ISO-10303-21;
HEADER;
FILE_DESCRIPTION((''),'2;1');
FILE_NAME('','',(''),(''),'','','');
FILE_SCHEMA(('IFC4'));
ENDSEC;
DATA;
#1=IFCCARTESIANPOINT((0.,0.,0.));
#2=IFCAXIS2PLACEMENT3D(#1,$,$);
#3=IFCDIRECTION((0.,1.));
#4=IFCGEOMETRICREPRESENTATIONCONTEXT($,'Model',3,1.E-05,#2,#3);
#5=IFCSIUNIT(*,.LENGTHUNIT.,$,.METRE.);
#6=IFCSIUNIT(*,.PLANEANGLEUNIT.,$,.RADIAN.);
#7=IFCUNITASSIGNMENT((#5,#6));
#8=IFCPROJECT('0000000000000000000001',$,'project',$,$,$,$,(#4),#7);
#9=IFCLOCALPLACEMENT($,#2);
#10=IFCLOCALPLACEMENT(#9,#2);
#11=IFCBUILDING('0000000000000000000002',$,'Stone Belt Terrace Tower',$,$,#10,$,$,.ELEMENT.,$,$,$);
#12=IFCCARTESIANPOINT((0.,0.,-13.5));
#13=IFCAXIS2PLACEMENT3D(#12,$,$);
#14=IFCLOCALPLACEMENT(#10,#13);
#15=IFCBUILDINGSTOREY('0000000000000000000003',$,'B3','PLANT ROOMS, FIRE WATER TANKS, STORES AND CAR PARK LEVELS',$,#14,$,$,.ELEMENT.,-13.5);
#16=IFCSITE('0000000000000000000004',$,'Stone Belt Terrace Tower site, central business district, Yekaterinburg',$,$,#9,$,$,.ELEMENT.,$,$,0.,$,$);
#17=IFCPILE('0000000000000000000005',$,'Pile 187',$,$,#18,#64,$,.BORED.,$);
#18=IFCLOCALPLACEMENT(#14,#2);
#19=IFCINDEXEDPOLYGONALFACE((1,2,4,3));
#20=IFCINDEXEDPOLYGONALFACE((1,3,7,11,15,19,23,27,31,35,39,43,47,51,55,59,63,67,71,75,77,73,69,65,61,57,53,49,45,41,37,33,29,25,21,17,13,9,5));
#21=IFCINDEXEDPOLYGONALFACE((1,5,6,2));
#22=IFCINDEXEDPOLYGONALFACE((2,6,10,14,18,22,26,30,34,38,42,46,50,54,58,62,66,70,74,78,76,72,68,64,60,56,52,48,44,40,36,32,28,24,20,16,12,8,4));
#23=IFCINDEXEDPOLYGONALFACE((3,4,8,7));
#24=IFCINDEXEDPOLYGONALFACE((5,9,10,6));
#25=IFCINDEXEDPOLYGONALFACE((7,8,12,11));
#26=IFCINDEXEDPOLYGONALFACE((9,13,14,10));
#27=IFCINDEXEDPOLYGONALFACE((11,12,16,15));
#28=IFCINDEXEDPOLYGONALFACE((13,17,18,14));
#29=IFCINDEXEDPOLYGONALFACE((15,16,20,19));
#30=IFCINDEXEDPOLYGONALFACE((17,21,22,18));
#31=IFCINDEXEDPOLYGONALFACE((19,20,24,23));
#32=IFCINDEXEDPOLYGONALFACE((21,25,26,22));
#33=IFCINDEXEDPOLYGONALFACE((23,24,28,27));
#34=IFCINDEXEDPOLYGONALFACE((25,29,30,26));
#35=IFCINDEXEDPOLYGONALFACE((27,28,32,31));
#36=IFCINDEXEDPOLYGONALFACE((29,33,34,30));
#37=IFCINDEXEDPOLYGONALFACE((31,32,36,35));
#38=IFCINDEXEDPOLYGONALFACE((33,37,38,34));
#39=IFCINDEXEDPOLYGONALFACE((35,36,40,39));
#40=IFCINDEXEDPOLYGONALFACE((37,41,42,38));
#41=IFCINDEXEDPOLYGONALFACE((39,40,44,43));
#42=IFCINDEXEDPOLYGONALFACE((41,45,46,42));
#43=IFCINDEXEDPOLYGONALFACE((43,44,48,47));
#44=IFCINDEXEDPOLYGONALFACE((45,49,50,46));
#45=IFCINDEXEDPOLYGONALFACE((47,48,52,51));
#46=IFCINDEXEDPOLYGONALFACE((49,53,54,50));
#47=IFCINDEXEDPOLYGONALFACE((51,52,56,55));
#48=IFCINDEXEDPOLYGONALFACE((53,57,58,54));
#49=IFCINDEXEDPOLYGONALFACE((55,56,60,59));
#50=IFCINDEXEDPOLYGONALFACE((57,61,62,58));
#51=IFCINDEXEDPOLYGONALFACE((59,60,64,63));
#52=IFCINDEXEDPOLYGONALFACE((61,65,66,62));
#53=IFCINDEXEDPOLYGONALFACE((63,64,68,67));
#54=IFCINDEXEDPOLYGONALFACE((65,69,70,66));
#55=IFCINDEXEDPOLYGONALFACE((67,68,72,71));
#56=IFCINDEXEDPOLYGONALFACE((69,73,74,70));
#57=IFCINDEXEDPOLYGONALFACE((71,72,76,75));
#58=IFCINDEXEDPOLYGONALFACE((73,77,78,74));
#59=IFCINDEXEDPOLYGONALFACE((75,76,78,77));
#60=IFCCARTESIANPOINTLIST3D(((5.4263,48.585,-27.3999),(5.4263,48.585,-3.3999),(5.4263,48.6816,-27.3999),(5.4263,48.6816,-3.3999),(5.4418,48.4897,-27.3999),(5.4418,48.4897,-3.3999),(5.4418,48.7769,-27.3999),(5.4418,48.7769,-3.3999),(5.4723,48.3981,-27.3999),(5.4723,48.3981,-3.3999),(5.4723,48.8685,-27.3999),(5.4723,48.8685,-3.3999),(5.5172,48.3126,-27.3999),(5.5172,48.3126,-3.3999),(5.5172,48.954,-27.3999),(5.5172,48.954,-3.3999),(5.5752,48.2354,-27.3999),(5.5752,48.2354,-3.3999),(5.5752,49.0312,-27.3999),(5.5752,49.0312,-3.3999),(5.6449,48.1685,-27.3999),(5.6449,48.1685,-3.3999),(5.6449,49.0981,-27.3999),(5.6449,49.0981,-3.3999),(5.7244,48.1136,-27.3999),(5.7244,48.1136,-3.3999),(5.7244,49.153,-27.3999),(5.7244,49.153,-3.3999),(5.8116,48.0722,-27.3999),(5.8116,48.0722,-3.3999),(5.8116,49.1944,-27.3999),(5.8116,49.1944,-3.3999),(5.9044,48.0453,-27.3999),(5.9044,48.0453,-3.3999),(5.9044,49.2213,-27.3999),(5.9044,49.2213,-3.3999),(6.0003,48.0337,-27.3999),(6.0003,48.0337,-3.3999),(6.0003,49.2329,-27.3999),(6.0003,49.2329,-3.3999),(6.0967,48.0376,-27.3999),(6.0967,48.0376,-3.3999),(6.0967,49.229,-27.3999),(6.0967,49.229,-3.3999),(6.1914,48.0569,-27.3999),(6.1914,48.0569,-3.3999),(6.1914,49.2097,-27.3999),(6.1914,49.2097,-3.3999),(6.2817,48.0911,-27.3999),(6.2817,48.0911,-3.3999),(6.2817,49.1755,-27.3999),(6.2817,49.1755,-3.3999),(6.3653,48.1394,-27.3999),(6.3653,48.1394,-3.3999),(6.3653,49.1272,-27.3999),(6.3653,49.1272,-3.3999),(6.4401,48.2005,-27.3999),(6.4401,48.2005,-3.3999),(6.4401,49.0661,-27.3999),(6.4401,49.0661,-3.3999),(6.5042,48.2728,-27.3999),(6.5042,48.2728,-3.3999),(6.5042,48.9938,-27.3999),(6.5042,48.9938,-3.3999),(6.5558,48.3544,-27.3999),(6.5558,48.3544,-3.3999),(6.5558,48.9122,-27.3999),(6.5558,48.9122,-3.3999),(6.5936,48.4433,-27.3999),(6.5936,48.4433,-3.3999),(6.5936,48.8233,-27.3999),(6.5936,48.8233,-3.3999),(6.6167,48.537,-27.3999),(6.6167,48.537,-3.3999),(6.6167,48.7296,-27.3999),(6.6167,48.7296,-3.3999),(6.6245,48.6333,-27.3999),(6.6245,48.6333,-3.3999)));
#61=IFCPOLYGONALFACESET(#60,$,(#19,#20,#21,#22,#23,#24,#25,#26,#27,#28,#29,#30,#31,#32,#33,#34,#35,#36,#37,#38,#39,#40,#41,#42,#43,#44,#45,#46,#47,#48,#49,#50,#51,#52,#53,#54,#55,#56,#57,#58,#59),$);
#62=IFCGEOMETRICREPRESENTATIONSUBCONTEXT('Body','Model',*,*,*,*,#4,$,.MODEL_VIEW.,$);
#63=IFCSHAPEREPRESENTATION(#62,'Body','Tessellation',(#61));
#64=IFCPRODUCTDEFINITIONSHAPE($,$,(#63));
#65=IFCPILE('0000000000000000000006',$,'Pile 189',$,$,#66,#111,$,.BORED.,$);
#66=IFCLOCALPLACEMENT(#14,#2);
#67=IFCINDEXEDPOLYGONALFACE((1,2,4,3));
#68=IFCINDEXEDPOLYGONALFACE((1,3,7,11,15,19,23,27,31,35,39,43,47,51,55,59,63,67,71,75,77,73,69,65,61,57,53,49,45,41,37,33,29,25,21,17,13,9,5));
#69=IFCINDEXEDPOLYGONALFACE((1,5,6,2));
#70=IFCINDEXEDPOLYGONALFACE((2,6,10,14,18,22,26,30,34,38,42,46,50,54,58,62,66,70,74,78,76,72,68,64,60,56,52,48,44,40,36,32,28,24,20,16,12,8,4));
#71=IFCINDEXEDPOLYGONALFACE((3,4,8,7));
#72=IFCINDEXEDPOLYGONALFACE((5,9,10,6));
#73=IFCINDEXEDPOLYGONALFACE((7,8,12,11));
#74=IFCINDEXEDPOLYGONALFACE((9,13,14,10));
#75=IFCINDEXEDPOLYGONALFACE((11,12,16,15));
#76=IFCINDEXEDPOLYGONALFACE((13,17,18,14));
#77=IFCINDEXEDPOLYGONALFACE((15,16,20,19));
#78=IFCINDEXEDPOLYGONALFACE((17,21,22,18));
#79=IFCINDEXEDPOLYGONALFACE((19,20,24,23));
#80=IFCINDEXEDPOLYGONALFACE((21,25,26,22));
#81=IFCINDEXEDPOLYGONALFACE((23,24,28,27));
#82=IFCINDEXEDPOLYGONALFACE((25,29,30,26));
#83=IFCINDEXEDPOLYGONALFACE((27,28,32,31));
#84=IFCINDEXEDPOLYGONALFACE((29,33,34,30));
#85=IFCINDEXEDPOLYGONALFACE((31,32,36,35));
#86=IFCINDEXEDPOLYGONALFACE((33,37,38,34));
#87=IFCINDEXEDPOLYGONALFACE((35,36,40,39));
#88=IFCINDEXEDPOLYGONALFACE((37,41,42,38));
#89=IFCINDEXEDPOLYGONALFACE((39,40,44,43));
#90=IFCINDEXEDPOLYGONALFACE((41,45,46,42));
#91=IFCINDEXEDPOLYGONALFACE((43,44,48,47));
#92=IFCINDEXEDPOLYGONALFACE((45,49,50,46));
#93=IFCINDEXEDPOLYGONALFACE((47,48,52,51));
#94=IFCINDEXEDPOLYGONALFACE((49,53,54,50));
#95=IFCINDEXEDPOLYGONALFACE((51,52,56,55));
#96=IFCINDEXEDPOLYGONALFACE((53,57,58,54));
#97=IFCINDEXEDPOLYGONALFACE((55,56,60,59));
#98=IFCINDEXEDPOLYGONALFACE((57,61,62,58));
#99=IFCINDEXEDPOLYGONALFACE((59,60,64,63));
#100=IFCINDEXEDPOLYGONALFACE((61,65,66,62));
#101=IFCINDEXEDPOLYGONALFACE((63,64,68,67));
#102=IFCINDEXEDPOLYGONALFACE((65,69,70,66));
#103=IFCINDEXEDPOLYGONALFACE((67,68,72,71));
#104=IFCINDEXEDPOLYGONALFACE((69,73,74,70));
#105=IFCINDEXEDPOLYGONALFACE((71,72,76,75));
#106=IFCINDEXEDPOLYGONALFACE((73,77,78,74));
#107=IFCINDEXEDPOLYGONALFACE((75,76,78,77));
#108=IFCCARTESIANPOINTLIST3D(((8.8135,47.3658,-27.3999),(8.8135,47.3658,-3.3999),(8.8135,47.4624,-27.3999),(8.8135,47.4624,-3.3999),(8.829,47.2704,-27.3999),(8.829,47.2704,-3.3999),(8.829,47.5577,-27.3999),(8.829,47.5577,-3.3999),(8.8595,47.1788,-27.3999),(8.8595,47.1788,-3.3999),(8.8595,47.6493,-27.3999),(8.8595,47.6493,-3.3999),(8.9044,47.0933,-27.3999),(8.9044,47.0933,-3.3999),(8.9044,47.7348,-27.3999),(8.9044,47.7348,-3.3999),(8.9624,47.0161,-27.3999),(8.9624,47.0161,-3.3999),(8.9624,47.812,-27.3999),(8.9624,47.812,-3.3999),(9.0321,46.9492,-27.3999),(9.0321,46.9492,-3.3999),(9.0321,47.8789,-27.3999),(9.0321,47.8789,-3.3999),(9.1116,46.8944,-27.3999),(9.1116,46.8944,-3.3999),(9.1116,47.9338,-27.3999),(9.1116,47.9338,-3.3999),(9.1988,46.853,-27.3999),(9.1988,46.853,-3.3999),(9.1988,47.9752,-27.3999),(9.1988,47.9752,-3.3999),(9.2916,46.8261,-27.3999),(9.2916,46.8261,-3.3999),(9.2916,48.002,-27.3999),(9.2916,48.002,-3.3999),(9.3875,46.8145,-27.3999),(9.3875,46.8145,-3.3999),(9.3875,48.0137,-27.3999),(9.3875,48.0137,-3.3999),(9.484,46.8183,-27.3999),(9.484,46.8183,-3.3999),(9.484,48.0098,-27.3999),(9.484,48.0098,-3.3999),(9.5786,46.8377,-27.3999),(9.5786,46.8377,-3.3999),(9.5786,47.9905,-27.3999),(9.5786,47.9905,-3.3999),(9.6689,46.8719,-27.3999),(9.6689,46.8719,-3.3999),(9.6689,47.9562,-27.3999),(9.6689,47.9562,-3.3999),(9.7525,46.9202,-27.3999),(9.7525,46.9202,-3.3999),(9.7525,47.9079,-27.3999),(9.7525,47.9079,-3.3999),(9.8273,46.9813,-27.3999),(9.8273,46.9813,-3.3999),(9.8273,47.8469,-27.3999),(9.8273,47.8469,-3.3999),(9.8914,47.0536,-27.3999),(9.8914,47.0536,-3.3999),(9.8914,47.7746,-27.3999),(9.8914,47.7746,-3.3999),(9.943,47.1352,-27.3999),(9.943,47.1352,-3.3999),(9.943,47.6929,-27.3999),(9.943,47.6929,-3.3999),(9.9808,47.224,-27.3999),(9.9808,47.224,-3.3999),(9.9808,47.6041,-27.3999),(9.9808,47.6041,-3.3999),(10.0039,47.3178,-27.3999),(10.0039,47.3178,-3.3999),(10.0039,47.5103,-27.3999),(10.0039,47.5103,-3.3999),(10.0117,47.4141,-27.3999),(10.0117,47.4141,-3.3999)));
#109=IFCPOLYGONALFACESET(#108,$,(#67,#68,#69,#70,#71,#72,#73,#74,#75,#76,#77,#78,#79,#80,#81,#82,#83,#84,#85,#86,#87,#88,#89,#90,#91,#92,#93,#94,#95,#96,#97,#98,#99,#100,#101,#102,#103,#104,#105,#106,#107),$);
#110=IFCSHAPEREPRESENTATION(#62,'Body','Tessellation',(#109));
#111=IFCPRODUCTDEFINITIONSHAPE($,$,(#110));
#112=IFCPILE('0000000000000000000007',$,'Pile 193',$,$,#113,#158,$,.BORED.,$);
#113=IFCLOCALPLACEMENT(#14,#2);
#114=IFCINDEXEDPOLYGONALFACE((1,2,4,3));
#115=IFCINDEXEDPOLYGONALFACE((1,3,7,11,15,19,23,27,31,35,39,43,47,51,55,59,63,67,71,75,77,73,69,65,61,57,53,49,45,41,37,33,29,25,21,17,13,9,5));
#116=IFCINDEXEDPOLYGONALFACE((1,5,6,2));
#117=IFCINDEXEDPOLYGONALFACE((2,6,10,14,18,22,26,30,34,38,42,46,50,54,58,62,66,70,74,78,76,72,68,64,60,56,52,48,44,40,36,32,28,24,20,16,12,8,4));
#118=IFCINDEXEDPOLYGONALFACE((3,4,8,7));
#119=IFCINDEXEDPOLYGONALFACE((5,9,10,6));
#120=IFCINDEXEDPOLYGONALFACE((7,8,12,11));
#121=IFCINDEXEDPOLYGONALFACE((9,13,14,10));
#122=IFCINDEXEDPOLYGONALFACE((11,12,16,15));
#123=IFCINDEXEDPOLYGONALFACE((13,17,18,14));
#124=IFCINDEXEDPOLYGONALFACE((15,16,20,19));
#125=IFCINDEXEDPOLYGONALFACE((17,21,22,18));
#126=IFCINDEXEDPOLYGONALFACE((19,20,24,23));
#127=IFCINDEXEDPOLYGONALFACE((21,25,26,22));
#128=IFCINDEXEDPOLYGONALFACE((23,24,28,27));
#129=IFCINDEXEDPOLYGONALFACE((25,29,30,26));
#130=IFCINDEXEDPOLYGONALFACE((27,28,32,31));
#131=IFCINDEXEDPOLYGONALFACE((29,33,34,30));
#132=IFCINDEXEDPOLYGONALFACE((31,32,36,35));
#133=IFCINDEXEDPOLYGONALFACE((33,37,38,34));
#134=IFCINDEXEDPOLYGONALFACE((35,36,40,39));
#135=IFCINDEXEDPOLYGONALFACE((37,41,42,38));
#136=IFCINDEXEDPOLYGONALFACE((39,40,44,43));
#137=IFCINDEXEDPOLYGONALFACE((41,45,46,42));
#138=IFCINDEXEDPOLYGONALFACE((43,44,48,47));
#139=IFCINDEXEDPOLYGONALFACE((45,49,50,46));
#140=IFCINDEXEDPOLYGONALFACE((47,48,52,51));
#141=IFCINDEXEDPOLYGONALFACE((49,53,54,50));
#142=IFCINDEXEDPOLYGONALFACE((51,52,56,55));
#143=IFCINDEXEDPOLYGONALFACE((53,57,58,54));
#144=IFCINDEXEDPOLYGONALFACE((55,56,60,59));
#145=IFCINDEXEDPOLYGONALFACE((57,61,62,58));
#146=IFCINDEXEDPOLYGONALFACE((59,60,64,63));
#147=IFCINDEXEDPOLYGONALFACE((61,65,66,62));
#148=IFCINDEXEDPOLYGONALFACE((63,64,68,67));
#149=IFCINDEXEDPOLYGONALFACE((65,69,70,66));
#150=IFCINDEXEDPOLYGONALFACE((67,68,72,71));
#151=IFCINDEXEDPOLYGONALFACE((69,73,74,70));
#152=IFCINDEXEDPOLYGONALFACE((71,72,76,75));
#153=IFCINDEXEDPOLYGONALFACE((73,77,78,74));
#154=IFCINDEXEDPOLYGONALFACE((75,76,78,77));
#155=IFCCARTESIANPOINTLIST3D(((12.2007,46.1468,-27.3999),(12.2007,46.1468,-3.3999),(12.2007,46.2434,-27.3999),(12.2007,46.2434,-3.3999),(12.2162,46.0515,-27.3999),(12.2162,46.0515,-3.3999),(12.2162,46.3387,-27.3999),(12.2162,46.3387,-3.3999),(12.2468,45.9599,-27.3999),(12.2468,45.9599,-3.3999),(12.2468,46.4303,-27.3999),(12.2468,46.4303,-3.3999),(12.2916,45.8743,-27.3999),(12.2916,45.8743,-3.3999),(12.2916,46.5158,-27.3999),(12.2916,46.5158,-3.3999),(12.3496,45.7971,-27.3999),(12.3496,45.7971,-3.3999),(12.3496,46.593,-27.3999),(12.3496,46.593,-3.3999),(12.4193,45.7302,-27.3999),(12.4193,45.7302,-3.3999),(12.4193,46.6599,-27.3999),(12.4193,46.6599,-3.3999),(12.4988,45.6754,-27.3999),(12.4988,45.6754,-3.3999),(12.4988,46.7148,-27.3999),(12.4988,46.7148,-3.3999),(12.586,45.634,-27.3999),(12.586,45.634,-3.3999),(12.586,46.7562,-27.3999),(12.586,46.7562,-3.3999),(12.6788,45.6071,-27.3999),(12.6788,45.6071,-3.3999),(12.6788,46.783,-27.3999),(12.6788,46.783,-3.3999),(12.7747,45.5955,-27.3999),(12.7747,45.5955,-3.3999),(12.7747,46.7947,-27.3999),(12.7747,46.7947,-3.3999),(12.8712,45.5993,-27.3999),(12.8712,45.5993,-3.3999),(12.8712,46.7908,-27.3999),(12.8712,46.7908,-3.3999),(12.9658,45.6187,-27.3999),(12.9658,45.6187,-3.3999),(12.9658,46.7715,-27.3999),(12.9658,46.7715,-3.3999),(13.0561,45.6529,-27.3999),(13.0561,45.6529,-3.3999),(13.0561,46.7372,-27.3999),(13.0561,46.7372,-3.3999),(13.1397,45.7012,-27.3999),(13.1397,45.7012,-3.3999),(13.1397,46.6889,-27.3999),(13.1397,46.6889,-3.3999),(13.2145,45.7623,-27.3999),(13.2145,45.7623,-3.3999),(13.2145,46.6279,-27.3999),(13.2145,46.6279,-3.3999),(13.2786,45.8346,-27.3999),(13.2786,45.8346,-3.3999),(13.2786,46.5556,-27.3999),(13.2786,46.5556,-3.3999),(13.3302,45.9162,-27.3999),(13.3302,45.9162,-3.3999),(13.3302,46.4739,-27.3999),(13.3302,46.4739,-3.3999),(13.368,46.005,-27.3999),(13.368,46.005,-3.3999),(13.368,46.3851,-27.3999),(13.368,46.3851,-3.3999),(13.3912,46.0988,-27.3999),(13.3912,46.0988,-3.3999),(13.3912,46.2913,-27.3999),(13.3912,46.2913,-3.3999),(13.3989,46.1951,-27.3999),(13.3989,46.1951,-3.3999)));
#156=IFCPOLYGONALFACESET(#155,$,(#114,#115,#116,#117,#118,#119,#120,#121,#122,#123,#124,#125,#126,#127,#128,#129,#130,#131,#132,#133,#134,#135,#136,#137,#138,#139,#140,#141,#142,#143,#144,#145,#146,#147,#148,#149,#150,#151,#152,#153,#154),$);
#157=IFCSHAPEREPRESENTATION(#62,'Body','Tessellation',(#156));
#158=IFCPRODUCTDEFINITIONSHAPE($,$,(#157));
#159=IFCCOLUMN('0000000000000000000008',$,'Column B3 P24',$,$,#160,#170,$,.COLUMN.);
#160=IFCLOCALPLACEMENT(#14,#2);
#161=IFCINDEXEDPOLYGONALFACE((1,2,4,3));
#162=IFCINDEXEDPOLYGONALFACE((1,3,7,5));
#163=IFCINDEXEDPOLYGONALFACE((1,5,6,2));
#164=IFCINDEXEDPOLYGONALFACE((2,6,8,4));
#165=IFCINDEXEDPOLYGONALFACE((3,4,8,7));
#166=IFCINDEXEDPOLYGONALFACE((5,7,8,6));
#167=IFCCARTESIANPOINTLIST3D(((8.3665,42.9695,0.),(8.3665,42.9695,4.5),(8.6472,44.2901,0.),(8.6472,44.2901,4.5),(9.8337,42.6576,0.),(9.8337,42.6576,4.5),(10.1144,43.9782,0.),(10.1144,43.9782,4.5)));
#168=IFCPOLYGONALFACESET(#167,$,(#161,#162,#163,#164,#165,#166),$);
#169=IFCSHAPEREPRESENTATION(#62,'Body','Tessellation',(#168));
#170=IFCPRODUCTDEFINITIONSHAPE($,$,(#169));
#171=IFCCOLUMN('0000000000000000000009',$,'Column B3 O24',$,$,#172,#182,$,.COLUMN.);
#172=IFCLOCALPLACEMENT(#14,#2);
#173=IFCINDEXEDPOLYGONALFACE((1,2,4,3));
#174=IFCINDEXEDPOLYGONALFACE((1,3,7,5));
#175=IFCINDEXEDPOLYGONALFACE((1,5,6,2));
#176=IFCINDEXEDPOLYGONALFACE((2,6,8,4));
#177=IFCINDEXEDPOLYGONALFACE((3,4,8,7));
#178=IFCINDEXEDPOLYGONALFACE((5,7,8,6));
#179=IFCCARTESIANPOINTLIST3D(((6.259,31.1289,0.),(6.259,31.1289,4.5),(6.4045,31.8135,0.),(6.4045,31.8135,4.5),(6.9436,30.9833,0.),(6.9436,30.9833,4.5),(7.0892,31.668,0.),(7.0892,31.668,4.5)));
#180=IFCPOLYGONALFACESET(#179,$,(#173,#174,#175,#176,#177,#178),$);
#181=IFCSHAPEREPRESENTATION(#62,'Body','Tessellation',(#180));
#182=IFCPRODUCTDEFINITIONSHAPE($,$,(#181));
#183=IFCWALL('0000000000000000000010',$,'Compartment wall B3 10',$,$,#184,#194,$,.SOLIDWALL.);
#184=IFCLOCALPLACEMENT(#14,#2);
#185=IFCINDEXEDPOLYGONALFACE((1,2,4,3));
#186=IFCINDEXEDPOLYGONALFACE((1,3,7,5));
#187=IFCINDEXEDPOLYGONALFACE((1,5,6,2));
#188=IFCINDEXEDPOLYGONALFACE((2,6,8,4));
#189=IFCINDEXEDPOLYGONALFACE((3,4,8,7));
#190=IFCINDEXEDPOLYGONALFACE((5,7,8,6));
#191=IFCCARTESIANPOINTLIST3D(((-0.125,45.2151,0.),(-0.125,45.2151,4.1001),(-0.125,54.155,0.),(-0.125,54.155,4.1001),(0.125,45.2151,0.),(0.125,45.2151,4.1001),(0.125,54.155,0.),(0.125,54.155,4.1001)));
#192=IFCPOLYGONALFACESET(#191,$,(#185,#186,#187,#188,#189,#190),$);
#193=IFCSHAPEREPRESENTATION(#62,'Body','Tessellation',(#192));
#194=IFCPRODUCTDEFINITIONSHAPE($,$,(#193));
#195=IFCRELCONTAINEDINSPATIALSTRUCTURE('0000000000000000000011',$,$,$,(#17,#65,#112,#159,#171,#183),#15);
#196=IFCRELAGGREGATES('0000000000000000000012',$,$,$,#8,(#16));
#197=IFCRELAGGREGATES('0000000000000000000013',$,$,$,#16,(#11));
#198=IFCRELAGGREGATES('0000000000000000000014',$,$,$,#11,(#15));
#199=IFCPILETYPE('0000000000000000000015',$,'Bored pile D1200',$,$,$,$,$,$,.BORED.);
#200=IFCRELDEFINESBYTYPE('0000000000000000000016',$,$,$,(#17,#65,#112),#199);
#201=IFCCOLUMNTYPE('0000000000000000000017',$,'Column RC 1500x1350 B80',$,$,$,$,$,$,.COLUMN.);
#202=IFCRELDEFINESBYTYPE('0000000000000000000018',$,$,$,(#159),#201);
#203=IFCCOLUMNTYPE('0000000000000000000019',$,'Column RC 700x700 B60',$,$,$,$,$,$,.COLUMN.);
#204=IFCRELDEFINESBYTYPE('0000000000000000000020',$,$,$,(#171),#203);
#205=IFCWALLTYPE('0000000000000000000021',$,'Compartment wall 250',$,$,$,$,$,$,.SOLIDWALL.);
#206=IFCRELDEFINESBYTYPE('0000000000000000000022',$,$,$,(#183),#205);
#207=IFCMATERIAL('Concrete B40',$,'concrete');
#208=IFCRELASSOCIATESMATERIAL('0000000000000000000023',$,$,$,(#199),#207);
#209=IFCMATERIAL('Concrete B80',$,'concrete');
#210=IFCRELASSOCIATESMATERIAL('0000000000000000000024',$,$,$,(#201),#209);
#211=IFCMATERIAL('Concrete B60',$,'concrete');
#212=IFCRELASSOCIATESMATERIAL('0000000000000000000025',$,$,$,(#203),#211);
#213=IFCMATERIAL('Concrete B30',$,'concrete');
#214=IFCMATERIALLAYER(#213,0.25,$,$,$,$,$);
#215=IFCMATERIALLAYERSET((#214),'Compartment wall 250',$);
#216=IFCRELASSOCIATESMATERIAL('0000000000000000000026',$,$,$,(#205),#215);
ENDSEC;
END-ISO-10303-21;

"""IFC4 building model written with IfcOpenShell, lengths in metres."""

from ifc_helpers import new_model, si_unit, direction, frame, frame_2d, origin, origin_2d, place, context, subcontext, project, spatial, rectangle, circle, extrude, material, layer, layer_set, material_profile, profile_set, type_object, element, save


model = new_model("IFC4")

# Units and contexts
model_context = context("Model", 3, precision=1e-05, world=origin(), true_north=direction((0.0, 1.0)))
body_context = subcontext(model_context, "Body", "Model", "MODEL_VIEW")
ifc_project = project(units=[si_unit("LENGTHUNIT", "METRE"), si_unit("PLANEANGLEUNIT", "RADIAN")], contexts=[model_context])

# Site, building, storey
site_placement = place(None, origin())
site = spatial("IfcSite", under=ifc_project, at=site_placement, Name="Stone Belt Terrace Tower site, central business district, Yekaterinburg", CompositionType="ELEMENT", RefElevation=0.0)
building_placement = place(site_placement, origin())
building = spatial("IfcBuilding", under=site, at=building_placement, Name="Stone Belt Terrace Tower", CompositionType="ELEMENT")
storey_placement = place(building_placement, frame((0.0, 0.0, -13.5)))
storey = spatial("IfcBuildingStorey", under=building, at=storey_placement, Name="B3", Description="PLANT ROOMS, FIRE WATER TANKS, STORES AND CAR PARK LEVELS", CompositionType="ELEMENT", Elevation=-13.5)

# Piles
ifc_material_1 = material(Name="Concrete B40", Category="concrete")
ifc_material_profile_1 = material_profile(ifc_material_1, circle(Radius=0.6001, at=origin_2d()), Name="PILE D1200")
ifc_profile_set_1 = profile_set([ifc_material_profile_1], Name="Concrete B40")
pile_type = type_object("IfcPileType", Name="Bored pile D1200", PredefinedType="BORED", material=ifc_profile_set_1)
for number, where, z_axis, x_axis, name in (
    (1, (6.0244, 48.6333, -3.3999), (0.0, 0.0, -1.0), (1.0, 0.0, 0.0), "Pile 187"),
    (2, (9.4116, 47.4141, -3.3999), (0.0, 0.0, -1.0), (1.0, 0.0, 0.0), "Pile 189"),
    (3, (12.7988, 46.1951, -3.3999), (0.0, 0.0, -1.0), (1.0, 0.0, 0.0), "Pile 193"),
):
    element("IfcPile", number, at=place(storey_placement, frame(where, z_axis=z_axis, x_axis=x_axis)), inside=storey, type_object=pile_type, Name=name, PredefinedType="BORED", context=body_context, shape_type="SweptSolid", body=[
        extrude(circle(Radius=0.6001, at=origin_2d()), origin(), (0.0, 0.0, 1.0), 24.0),
    ])

# Columns
ifc_material_2 = material(Name="Concrete B80", Category="concrete")
ifc_material_profile_2 = material_profile(ifc_material_2, rectangle(XDim=1.5, YDim=1.3501, at=origin_2d()), Name="RC 1500x1350")
ifc_profile_set_2 = profile_set([ifc_material_profile_2], Name="Concrete B80")
column_type_1 = type_object("IfcColumnType", Name="Column RC 1500x1350 B80", PredefinedType="COLUMN", material=ifc_profile_set_2)
column_1_placement = place(storey_placement, frame((9.2405, 43.4739, 0.0), z_axis=(0.0, 0.0, 1.0), x_axis=(0.978148, -0.207912, 0.0)))
element("IfcColumn", 4, at=column_1_placement, inside=storey, type_object=column_type_1, Name="Column B3 P24", PredefinedType="COLUMN", context=body_context, shape_type="SweptSolid", body=[
    extrude(rectangle(XDim=1.5, YDim=1.3501, at=origin_2d()), origin(), (0.0, 0.0, 1.0), 4.5),
])
ifc_material_3 = material(Name="Concrete B60", Category="concrete")
ifc_material_profile_3 = material_profile(ifc_material_3, rectangle(XDim=0.7, YDim=0.7, at=origin_2d()), Name="RC 700x700")
ifc_profile_set_3 = profile_set([ifc_material_profile_3], Name="Concrete B60")
column_type_2 = type_object("IfcColumnType", Name="Column RC 700x700 B60", PredefinedType="COLUMN", material=ifc_profile_set_3)
column_2_placement = place(storey_placement, frame((6.6741, 31.3984, 0.0), z_axis=(0.0, 0.0, 1.0), x_axis=(0.978148, -0.207912, 0.0)))
element("IfcColumn", 5, at=column_2_placement, inside=storey, type_object=column_type_2, Name="Column B3 O24", PredefinedType="COLUMN", context=body_context, shape_type="SweptSolid", body=[
    extrude(rectangle(XDim=0.7, YDim=0.7, at=origin_2d()), origin(), (0.0, 0.0, 1.0), 4.5),
])

# Wall
ifc_material_4 = material(Name="Concrete B30", Category="concrete")
ifc_layer_1 = layer(ifc_material_4, 0.25)
ifc_layer_set_1 = layer_set([ifc_layer_1], Name="Compartment wall 250")
wall_type_1 = type_object("IfcWallType", Name="Compartment wall 250", PredefinedType="SOLIDWALL", material=ifc_layer_set_1)
wall_1_placement = place(storey_placement, frame((0.0, 45.2151, 0.0), z_axis=(0.0, 0.0, 1.0), x_axis=(0.0, 1.0, 0.0)))
element("IfcWall", 6, at=wall_1_placement, inside=storey, type_object=wall_type_1, Name="Compartment wall B3 10", PredefinedType="SOLIDWALL", context=body_context, shape_type="SweptSolid", body=[
    extrude(rectangle(XDim=8.9399, YDim=0.25, at=frame_2d((4.47, 0.0))), origin(), (0.0, 0.0, 1.0), 4.1001),
])

save(model, "model.ifc")
